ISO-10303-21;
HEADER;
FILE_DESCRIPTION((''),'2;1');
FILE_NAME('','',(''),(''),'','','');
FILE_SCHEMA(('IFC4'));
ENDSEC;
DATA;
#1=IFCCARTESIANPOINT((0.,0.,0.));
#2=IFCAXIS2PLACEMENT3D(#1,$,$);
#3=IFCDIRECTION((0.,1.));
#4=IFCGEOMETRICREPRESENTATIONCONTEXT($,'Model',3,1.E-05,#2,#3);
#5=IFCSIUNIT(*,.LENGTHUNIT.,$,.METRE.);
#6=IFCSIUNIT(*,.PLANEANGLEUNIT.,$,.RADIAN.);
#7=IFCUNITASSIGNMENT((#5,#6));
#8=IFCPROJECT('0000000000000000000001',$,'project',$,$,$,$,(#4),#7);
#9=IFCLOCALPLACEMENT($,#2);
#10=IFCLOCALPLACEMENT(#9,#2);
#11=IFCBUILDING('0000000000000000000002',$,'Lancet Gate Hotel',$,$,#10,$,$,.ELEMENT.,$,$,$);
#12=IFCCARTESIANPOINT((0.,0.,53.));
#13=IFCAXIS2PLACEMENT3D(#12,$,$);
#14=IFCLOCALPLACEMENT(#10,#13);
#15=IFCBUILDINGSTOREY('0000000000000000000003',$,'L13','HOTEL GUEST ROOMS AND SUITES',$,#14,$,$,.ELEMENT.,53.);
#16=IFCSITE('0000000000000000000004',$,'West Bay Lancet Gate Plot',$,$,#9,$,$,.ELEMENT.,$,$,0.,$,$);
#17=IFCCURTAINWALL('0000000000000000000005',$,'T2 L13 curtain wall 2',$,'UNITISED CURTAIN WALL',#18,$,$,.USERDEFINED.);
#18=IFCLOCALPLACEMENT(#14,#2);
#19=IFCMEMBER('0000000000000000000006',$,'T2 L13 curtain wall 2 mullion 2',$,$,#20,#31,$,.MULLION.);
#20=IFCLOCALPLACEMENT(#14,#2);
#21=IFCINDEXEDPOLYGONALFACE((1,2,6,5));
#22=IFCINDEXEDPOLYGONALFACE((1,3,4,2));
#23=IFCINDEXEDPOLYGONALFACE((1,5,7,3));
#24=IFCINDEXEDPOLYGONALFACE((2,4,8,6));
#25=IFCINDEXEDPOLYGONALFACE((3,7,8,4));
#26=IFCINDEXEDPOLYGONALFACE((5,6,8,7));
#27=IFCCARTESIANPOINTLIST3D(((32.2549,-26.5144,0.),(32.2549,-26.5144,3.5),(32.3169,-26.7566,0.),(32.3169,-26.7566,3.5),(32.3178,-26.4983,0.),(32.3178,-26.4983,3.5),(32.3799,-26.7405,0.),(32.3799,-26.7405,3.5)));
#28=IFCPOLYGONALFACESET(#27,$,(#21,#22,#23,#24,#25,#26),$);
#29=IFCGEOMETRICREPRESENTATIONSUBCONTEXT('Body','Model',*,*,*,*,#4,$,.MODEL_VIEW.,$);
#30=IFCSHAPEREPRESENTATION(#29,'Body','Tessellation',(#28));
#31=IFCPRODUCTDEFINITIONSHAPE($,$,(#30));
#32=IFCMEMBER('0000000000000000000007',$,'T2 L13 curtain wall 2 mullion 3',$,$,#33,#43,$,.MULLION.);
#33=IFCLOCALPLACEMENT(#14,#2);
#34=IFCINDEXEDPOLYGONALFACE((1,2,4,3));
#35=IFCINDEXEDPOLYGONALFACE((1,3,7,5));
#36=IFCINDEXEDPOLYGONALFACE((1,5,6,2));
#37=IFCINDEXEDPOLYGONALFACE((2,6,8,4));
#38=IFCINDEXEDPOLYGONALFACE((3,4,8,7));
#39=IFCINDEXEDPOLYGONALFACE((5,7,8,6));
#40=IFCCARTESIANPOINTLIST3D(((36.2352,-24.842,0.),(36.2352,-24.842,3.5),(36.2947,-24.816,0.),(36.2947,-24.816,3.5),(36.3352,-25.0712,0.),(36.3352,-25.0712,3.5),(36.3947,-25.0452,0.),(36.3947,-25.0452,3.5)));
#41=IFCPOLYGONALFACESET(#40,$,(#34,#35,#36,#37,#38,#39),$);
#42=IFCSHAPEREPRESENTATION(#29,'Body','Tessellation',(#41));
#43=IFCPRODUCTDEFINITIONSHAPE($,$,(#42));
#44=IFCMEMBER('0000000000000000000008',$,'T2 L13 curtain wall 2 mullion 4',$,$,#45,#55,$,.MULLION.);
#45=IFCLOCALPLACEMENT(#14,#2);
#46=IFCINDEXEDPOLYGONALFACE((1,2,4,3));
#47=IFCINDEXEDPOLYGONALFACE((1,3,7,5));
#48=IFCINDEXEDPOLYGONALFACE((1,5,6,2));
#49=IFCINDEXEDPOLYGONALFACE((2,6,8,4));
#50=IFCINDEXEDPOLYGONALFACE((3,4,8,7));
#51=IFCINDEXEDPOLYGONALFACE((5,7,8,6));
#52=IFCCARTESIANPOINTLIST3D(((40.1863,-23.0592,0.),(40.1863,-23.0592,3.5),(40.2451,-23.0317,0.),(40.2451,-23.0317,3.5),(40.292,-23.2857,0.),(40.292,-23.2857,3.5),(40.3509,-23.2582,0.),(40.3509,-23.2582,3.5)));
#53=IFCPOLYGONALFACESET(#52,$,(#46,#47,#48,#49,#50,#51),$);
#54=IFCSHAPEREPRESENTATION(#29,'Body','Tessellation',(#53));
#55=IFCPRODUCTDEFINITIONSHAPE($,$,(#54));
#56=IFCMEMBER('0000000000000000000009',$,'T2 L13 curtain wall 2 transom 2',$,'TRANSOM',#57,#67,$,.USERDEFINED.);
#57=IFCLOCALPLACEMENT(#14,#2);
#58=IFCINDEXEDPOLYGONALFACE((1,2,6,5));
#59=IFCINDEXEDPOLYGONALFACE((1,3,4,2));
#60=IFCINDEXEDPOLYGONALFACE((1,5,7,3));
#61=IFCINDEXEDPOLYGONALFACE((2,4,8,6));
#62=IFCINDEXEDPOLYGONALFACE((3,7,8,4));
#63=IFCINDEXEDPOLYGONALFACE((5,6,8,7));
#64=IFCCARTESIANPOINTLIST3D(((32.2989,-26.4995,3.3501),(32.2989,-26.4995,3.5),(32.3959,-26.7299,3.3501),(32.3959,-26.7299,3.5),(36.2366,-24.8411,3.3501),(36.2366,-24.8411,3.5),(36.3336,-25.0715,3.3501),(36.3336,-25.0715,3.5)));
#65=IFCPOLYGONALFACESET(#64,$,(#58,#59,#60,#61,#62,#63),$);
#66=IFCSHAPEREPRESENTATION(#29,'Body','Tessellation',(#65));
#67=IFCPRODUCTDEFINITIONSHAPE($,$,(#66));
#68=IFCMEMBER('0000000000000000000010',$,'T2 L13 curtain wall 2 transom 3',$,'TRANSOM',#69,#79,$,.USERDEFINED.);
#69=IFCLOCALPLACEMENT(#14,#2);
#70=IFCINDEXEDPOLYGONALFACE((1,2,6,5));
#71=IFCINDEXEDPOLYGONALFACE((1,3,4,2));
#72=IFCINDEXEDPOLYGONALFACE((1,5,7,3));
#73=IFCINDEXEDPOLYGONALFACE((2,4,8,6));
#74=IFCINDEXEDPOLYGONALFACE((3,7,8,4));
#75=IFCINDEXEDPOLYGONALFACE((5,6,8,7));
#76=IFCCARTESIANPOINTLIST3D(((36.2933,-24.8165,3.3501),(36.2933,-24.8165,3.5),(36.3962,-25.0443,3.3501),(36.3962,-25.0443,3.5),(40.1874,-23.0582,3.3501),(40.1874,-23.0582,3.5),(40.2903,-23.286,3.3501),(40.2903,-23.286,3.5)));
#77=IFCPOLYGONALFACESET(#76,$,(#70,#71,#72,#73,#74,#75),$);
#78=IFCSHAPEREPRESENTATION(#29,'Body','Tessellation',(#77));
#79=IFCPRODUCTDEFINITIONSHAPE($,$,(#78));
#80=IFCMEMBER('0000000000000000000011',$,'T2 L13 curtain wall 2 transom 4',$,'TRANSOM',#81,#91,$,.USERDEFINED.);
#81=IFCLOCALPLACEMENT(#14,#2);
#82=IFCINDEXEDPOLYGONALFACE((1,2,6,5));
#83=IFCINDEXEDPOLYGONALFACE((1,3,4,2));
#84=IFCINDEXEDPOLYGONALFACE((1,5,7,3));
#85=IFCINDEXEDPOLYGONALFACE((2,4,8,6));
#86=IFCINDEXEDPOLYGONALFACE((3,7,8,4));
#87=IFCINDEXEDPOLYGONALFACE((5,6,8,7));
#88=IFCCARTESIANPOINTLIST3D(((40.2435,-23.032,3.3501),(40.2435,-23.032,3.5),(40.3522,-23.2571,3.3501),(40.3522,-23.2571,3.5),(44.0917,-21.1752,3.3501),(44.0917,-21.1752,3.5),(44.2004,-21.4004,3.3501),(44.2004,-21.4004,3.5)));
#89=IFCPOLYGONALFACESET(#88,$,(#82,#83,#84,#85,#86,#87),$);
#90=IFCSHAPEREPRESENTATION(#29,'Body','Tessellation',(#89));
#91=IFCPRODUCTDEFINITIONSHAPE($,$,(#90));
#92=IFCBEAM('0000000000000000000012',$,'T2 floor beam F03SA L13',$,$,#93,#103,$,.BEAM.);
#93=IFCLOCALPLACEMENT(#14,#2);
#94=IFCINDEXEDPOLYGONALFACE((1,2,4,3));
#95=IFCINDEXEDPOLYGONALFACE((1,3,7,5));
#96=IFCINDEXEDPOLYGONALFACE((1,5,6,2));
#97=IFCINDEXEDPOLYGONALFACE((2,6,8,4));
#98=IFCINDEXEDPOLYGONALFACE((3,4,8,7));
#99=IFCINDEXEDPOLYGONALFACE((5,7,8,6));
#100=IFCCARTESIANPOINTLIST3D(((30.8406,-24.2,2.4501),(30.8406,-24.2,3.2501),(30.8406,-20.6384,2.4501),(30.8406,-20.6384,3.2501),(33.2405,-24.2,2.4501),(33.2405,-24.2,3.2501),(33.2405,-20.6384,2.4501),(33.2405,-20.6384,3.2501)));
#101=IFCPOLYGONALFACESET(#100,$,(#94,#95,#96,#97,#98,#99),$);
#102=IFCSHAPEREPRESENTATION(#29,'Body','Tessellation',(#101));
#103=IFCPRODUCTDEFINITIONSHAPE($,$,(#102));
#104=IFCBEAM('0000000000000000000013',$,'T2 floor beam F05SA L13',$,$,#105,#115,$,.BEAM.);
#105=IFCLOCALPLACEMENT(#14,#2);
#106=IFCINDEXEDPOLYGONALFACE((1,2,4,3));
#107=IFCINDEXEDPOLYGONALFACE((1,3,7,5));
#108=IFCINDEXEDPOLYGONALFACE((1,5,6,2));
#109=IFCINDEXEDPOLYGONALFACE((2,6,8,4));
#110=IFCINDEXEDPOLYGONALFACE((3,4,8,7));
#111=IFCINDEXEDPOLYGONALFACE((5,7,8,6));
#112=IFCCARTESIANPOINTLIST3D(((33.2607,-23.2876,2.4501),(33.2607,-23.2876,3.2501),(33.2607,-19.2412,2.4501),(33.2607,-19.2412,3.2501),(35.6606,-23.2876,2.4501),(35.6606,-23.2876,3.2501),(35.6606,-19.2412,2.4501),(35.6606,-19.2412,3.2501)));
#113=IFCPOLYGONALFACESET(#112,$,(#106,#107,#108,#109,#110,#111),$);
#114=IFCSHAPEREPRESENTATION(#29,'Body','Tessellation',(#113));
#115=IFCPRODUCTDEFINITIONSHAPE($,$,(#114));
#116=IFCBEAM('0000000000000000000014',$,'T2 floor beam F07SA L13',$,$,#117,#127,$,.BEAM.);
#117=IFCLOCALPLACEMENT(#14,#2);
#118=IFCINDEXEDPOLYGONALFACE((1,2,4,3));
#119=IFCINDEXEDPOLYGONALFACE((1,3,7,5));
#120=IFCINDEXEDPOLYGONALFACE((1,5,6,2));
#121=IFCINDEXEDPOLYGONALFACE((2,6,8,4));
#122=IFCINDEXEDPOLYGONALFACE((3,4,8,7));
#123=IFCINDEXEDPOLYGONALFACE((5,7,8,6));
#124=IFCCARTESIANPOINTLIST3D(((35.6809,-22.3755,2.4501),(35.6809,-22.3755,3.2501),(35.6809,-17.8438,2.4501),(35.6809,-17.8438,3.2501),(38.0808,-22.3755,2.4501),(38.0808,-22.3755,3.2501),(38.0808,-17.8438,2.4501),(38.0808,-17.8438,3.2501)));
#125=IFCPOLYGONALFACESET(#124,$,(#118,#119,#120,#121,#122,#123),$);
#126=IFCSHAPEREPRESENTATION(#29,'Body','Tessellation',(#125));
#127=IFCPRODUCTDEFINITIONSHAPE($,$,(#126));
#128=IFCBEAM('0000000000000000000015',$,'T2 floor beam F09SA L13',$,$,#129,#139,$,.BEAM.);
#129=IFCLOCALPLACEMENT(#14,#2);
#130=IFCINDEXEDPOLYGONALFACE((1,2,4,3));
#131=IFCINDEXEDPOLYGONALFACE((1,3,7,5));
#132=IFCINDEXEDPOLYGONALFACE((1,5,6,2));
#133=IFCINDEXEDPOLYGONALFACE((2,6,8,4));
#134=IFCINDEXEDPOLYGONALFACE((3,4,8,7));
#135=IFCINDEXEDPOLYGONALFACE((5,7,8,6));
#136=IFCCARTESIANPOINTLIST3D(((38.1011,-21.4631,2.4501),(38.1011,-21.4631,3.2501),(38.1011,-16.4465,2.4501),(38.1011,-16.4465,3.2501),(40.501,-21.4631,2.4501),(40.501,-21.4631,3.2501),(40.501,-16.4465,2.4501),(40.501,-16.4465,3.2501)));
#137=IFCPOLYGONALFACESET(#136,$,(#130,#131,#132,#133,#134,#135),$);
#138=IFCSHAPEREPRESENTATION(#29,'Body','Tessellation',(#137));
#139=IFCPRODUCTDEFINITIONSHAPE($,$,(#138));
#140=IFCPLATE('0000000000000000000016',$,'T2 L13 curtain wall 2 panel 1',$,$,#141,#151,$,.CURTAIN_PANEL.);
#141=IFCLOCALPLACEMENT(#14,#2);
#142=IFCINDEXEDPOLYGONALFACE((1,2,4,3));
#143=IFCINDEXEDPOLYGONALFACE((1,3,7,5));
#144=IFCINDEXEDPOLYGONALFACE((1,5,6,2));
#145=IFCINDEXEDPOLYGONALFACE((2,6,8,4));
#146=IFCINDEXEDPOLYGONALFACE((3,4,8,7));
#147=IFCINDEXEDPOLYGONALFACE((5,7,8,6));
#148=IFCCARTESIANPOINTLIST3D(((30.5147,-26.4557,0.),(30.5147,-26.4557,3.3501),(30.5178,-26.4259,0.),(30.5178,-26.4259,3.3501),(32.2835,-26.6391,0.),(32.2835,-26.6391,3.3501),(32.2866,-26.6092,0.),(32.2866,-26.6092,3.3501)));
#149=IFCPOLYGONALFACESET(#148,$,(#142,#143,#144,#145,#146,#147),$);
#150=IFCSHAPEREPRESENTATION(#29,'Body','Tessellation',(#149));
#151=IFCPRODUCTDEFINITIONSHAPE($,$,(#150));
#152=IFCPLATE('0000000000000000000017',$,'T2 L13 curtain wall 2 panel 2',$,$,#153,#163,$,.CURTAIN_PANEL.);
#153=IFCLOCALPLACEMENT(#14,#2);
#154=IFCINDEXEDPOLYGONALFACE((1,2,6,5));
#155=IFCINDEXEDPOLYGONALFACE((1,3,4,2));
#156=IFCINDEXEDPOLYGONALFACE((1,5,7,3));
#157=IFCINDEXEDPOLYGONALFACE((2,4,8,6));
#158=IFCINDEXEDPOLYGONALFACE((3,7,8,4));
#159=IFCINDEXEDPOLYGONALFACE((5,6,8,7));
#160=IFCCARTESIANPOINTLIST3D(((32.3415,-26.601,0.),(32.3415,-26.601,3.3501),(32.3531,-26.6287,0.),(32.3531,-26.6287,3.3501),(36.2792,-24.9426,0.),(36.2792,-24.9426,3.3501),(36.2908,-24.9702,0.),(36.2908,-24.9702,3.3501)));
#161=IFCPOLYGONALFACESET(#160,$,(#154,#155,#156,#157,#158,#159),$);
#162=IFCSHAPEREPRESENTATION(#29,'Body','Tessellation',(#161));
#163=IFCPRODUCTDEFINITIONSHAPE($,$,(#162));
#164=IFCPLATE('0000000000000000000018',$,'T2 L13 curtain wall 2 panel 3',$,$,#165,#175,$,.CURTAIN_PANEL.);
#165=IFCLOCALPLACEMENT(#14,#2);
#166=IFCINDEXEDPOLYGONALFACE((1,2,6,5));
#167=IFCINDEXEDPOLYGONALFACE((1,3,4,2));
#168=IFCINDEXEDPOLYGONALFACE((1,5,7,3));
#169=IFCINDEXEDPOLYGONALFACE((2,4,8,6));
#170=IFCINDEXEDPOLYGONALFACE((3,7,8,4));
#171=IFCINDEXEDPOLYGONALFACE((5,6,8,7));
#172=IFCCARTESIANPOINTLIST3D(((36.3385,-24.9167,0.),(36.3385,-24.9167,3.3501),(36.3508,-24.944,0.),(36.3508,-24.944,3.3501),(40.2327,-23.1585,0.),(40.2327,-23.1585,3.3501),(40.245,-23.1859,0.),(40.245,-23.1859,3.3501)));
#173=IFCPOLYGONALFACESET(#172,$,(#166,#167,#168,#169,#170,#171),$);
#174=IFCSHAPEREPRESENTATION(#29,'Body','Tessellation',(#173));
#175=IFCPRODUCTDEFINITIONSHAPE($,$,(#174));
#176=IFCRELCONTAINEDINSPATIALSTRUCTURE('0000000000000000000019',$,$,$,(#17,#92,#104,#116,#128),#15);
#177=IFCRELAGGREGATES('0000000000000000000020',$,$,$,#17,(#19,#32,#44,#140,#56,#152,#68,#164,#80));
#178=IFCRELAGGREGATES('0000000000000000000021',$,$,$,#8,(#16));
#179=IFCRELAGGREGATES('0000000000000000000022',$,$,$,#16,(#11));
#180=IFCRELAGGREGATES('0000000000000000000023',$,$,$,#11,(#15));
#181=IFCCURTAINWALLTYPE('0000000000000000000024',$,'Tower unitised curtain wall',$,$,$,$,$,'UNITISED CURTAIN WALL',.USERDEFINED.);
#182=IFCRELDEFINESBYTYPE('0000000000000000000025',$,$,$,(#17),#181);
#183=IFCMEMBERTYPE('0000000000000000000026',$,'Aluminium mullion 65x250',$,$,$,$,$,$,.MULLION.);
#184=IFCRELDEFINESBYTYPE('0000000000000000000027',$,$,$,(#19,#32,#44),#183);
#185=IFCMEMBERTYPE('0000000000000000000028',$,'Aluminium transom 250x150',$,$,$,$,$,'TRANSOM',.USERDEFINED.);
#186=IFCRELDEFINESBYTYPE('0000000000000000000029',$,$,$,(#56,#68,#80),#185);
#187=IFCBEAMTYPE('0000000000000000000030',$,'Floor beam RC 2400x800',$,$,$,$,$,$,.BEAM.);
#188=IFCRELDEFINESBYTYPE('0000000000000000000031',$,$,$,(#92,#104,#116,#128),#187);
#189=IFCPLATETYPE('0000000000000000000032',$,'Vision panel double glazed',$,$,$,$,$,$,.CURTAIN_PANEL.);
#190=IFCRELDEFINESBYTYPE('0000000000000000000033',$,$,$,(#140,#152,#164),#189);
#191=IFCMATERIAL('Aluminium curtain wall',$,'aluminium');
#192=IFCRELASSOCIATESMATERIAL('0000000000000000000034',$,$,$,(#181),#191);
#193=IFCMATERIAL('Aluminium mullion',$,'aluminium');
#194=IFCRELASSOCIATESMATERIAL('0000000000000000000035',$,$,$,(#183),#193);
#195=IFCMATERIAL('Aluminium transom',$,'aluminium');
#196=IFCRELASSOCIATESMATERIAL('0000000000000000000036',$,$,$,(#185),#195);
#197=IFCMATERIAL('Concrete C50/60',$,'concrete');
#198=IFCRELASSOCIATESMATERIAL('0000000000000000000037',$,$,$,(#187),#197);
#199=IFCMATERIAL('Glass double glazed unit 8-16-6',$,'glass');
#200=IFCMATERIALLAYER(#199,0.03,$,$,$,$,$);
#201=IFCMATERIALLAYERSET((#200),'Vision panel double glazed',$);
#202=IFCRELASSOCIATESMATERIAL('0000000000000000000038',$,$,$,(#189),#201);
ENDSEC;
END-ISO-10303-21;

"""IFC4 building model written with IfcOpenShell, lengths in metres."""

from ifc_helpers import new_model, si_unit, direction, frame, origin, origin_2d, place, context, subcontext, project, spatial, rectangle, extrude, material, layer, layer_set, material_profile, profile_set, type_object, element, aggregate, save


model = new_model("IFC4")

# Units and contexts
model_context = context("Model", 3, precision=1e-05, world=origin(), true_north=direction((0.0, 1.0)))
body_context = subcontext(model_context, "Body", "Model", "MODEL_VIEW")
ifc_project = project(units=[si_unit("LENGTHUNIT", "METRE"), si_unit("PLANEANGLEUNIT", "RADIAN")], contexts=[model_context])

# Site, building, storey
site_placement = place(None, origin())
site = spatial("IfcSite", under=ifc_project, at=site_placement, Name="West Bay Lancet Gate Plot", CompositionType="ELEMENT", RefElevation=0.0)
building_placement = place(site_placement, origin())
building = spatial("IfcBuilding", under=site, at=building_placement, Name="Lancet Gate Hotel", CompositionType="ELEMENT")
storey_placement = place(building_placement, frame((0.0, 0.0, 53.0)))
storey = spatial("IfcBuildingStorey", under=building, at=storey_placement, Name="L13", Description="HOTEL GUEST ROOMS AND SUITES", CompositionType="ELEMENT", Elevation=53.0)

# Curtain wall, members
ifc_material_1 = material(Name="Aluminium curtain wall", Category="aluminium")
curtain_wall_type = type_object("IfcCurtainWallType", Name="Tower unitised curtain wall", ElementType="UNITISED CURTAIN WALL", PredefinedType="USERDEFINED", material=ifc_material_1)
curtain_wall_placement = place(storey_placement, origin())
curtain_wall = element("IfcCurtainWall", 1, at=curtain_wall_placement, inside=storey, type_object=curtain_wall_type, Name="T2 L13 curtain wall 2", ObjectType="UNITISED CURTAIN WALL", PredefinedType="USERDEFINED")
ifc_material_2 = material(Name="Aluminium mullion", Category="aluminium")
ifc_material_profile_1 = material_profile(ifc_material_2, rectangle(XDim=0.0649, YDim=0.25, at=origin_2d()), Name="MULLION 65x250")
ifc_profile_set_1 = profile_set([ifc_material_profile_1], Name="Aluminium mullion")
member_type_1 = type_object("IfcMemberType", Name="Aluminium mullion 65x250", PredefinedType="MULLION", material=ifc_profile_set_1)
member_1_placement = place(storey_placement, frame((32.3174, -26.6274, 0.0), z_axis=(0.0, 0.0, 1.0), x_axis=(0.968721, 0.24815, 0.0)))
member_1 = element("IfcMember", 2, at=member_1_placement, type_object=member_type_1, Name="T2 L13 curtain wall 2 mullion 2", PredefinedType="MULLION", context=body_context, shape_type="SweptSolid", body=[
    extrude(rectangle(XDim=0.0649, YDim=0.25, at=origin_2d()), origin(), (0.0, 0.0, 1.0), 3.5),
])
member_2_placement = place(storey_placement, frame((36.3149, -24.9436, 0.0), z_axis=(0.0, 0.0, 1.0), x_axis=(0.916579, 0.399854, 0.0)))
member_2 = element("IfcMember", 3, at=member_2_placement, type_object=member_type_1, Name="T2 L13 curtain wall 2 mullion 3", PredefinedType="MULLION", context=body_context, shape_type="SweptSolid", body=[
    extrude(rectangle(XDim=0.0649, YDim=0.25, at=origin_2d()), origin(), (0.0, 0.0, 1.0), 3.5),
])
member_3_placement = place(storey_placement, frame((40.2686, -23.1587, 0.0), z_axis=(0.0, 0.0, 1.0), x_axis=(0.906105, 0.423053, 0.0)))
member_3 = element("IfcMember", 4, at=member_3_placement, type_object=member_type_1, Name="T2 L13 curtain wall 2 mullion 4", PredefinedType="MULLION", context=body_context, shape_type="SweptSolid", body=[
    extrude(rectangle(XDim=0.0649, YDim=0.25, at=origin_2d()), origin(), (0.0, 0.0, 1.0), 3.5),
])
ifc_material_3 = material(Name="Aluminium transom", Category="aluminium")
ifc_material_profile_2 = material_profile(ifc_material_3, rectangle(XDim=0.25, YDim=0.1499, at=origin_2d()), Name="TRANSOM 250x150")
ifc_profile_set_2 = profile_set([ifc_material_profile_2], Name="Aluminium transom")
member_type_2 = type_object("IfcMemberType", Name="Aluminium transom 250x150", ElementType="TRANSOM", PredefinedType="USERDEFINED", material=ifc_profile_set_2)
member_4_placement = place(storey_placement, frame((32.3474, -26.6147, 3.425), z_axis=(0.921598, 0.388146, 0.0), x_axis=(-0.388146, 0.921598, 0.0)))
member_4 = element("IfcMember", 5, at=member_4_placement, type_object=member_type_2, Name="T2 L13 curtain wall 2 transom 2", ObjectType="TRANSOM", PredefinedType="USERDEFINED", context=body_context, shape_type="SweptSolid", body=[
    extrude(rectangle(XDim=0.25, YDim=0.1499, at=origin_2d()), origin(), (0.0, 0.0, 1.0), 4.2727),
])
member_5_placement = place(storey_placement, frame((36.3447, -24.9304, 3.425), z_axis=(0.911397, 0.411529, 0.0), x_axis=(-0.411529, 0.911397, 0.0)))
member_5 = element("IfcMember", 6, at=member_5_placement, type_object=member_type_2, Name="T2 L13 curtain wall 2 transom 3", ObjectType="TRANSOM", PredefinedType="USERDEFINED", context=body_context, shape_type="SweptSolid", body=[
    extrude(rectangle(XDim=0.25, YDim=0.1499, at=origin_2d()), origin(), (0.0, 0.0, 1.0), 4.2727),
])
member_6_placement = place(storey_placement, frame((40.2979, -23.1445, 3.425), z_axis=(0.900646, 0.434553, 0.0), x_axis=(-0.434553, 0.900646, 0.0)))
member_6 = element("IfcMember", 7, at=member_6_placement, type_object=member_type_2, Name="T2 L13 curtain wall 2 transom 4", ObjectType="TRANSOM", PredefinedType="USERDEFINED", context=body_context, shape_type="SweptSolid", body=[
    extrude(rectangle(XDim=0.25, YDim=0.1499, at=origin_2d()), origin(), (0.0, 0.0, 1.0), 4.2727),
])

# Beams
ifc_material_4 = material(Name="Concrete C50/60", Category="concrete")
ifc_material_profile_3 = material_profile(ifc_material_4, rectangle(XDim=2.3999, YDim=0.8, at=origin_2d()), Name="RC 2400x800")
ifc_profile_set_3 = profile_set([ifc_material_profile_3], Name="Concrete C50/60")
beam_type = type_object("IfcBeamType", Name="Floor beam RC 2400x800", PredefinedType="BEAM", material=ifc_profile_set_3)
beam_1_placement = place(storey_placement, frame((32.0405, -24.2, 2.8501), z_axis=(0.0, 1.0, 0.0), x_axis=(-1.0, 0.0, 0.0)))
element("IfcBeam", 8, at=beam_1_placement, inside=storey, type_object=beam_type, Name="T2 floor beam F03SA L13", PredefinedType="BEAM", context=body_context, shape_type="SweptSolid", body=[
    extrude(rectangle(XDim=2.3999, YDim=0.8, at=origin_2d()), origin(), (0.0, 0.0, 1.0), 3.5615),
])
beam_2_placement = place(storey_placement, frame((34.4607, -23.2876, 2.8501), z_axis=(0.0, 1.0, 0.0), x_axis=(-1.0, 0.0, 0.0)))
element("IfcBeam", 9, at=beam_2_placement, inside=storey, type_object=beam_type, Name="T2 floor beam F05SA L13", PredefinedType="BEAM", context=body_context, shape_type="SweptSolid", body=[
    extrude(rectangle(XDim=2.3999, YDim=0.8, at=origin_2d()), origin(), (0.0, 0.0, 1.0), 4.0464),
])
beam_3_placement = place(storey_placement, frame((36.8809, -22.3755, 2.8501), z_axis=(0.0, 1.0, 0.0), x_axis=(-1.0, 0.0, 0.0)))
element("IfcBeam", 10, at=beam_3_placement, inside=storey, type_object=beam_type, Name="T2 floor beam F07SA L13", PredefinedType="BEAM", context=body_context, shape_type="SweptSolid", body=[
    extrude(rectangle(XDim=2.3999, YDim=0.8, at=origin_2d()), origin(), (0.0, 0.0, 1.0), 4.5317),
])
beam_4_placement = place(storey_placement, frame((39.301, -21.4631, 2.8501), z_axis=(0.0, 1.0, 0.0), x_axis=(-1.0, 0.0, 0.0)))
element("IfcBeam", 11, at=beam_4_placement, inside=storey, type_object=beam_type, Name="T2 floor beam F09SA L13", PredefinedType="BEAM", context=body_context, shape_type="SweptSolid", body=[
    extrude(rectangle(XDim=2.3999, YDim=0.8, at=origin_2d()), origin(), (0.0, 0.0, 1.0), 5.0166),
])

# Plates
ifc_material_5 = material(Name="Glass double glazed unit 8-16-6", Category="glass")
ifc_layer_1 = layer(ifc_material_5, 0.03)
ifc_layer_set_1 = layer_set([ifc_layer_1], Name="Vision panel double glazed")
plate_type = type_object("IfcPlateType", Name="Vision panel double glazed", PredefinedType="CURTAIN_PANEL", material=ifc_layer_set_1)
plate_1_placement = place(storey_placement, frame((31.4006, -26.5325, 0.0), z_axis=(0.0, 0.0, 1.0), x_axis=(0.994672, -0.103088, 0.0)))
plate_1 = element("IfcPlate", 12, at=plate_1_placement, type_object=plate_type, Name="T2 L13 curtain wall 2 panel 1", PredefinedType="CURTAIN_PANEL", context=body_context, shape_type="SweptSolid", body=[
    extrude(rectangle(XDim=1.7783, YDim=0.03, at=origin_2d()), origin(), (0.0, 0.0, 1.0), 3.3501),
])
plate_2_placement = place(storey_placement, frame((34.3162, -25.7856, 0.0), z_axis=(0.0, 0.0, 1.0), x_axis=(0.921593, 0.388157, 0.0)))
plate_2 = element("IfcPlate", 13, at=plate_2_placement, type_object=plate_type, Name="T2 L13 curtain wall 2 panel 2", PredefinedType="CURTAIN_PANEL", context=body_context, shape_type="SweptSolid", body=[
    extrude(rectangle(XDim=4.2727, YDim=0.03, at=origin_2d()), origin(), (0.0, 0.0, 1.0), 3.3501),
])
plate_3_placement = place(storey_placement, frame((38.2917, -24.0513, 0.0), z_axis=(0.0, 0.0, 1.0), x_axis=(0.911416, 0.411487, 0.0)))
plate_3 = element("IfcPlate", 14, at=plate_3_placement, type_object=plate_type, Name="T2 L13 curtain wall 2 panel 3", PredefinedType="CURTAIN_PANEL", context=body_context, shape_type="SweptSolid", body=[
    extrude(rectangle(XDim=4.2727, YDim=0.03, at=origin_2d()), origin(), (0.0, 0.0, 1.0), 3.3501),
])
aggregate(curtain_wall, [member_1, member_2, member_3, plate_1, member_4, plate_2, member_5, plate_3, member_6])

save(model, "model.ifc")
